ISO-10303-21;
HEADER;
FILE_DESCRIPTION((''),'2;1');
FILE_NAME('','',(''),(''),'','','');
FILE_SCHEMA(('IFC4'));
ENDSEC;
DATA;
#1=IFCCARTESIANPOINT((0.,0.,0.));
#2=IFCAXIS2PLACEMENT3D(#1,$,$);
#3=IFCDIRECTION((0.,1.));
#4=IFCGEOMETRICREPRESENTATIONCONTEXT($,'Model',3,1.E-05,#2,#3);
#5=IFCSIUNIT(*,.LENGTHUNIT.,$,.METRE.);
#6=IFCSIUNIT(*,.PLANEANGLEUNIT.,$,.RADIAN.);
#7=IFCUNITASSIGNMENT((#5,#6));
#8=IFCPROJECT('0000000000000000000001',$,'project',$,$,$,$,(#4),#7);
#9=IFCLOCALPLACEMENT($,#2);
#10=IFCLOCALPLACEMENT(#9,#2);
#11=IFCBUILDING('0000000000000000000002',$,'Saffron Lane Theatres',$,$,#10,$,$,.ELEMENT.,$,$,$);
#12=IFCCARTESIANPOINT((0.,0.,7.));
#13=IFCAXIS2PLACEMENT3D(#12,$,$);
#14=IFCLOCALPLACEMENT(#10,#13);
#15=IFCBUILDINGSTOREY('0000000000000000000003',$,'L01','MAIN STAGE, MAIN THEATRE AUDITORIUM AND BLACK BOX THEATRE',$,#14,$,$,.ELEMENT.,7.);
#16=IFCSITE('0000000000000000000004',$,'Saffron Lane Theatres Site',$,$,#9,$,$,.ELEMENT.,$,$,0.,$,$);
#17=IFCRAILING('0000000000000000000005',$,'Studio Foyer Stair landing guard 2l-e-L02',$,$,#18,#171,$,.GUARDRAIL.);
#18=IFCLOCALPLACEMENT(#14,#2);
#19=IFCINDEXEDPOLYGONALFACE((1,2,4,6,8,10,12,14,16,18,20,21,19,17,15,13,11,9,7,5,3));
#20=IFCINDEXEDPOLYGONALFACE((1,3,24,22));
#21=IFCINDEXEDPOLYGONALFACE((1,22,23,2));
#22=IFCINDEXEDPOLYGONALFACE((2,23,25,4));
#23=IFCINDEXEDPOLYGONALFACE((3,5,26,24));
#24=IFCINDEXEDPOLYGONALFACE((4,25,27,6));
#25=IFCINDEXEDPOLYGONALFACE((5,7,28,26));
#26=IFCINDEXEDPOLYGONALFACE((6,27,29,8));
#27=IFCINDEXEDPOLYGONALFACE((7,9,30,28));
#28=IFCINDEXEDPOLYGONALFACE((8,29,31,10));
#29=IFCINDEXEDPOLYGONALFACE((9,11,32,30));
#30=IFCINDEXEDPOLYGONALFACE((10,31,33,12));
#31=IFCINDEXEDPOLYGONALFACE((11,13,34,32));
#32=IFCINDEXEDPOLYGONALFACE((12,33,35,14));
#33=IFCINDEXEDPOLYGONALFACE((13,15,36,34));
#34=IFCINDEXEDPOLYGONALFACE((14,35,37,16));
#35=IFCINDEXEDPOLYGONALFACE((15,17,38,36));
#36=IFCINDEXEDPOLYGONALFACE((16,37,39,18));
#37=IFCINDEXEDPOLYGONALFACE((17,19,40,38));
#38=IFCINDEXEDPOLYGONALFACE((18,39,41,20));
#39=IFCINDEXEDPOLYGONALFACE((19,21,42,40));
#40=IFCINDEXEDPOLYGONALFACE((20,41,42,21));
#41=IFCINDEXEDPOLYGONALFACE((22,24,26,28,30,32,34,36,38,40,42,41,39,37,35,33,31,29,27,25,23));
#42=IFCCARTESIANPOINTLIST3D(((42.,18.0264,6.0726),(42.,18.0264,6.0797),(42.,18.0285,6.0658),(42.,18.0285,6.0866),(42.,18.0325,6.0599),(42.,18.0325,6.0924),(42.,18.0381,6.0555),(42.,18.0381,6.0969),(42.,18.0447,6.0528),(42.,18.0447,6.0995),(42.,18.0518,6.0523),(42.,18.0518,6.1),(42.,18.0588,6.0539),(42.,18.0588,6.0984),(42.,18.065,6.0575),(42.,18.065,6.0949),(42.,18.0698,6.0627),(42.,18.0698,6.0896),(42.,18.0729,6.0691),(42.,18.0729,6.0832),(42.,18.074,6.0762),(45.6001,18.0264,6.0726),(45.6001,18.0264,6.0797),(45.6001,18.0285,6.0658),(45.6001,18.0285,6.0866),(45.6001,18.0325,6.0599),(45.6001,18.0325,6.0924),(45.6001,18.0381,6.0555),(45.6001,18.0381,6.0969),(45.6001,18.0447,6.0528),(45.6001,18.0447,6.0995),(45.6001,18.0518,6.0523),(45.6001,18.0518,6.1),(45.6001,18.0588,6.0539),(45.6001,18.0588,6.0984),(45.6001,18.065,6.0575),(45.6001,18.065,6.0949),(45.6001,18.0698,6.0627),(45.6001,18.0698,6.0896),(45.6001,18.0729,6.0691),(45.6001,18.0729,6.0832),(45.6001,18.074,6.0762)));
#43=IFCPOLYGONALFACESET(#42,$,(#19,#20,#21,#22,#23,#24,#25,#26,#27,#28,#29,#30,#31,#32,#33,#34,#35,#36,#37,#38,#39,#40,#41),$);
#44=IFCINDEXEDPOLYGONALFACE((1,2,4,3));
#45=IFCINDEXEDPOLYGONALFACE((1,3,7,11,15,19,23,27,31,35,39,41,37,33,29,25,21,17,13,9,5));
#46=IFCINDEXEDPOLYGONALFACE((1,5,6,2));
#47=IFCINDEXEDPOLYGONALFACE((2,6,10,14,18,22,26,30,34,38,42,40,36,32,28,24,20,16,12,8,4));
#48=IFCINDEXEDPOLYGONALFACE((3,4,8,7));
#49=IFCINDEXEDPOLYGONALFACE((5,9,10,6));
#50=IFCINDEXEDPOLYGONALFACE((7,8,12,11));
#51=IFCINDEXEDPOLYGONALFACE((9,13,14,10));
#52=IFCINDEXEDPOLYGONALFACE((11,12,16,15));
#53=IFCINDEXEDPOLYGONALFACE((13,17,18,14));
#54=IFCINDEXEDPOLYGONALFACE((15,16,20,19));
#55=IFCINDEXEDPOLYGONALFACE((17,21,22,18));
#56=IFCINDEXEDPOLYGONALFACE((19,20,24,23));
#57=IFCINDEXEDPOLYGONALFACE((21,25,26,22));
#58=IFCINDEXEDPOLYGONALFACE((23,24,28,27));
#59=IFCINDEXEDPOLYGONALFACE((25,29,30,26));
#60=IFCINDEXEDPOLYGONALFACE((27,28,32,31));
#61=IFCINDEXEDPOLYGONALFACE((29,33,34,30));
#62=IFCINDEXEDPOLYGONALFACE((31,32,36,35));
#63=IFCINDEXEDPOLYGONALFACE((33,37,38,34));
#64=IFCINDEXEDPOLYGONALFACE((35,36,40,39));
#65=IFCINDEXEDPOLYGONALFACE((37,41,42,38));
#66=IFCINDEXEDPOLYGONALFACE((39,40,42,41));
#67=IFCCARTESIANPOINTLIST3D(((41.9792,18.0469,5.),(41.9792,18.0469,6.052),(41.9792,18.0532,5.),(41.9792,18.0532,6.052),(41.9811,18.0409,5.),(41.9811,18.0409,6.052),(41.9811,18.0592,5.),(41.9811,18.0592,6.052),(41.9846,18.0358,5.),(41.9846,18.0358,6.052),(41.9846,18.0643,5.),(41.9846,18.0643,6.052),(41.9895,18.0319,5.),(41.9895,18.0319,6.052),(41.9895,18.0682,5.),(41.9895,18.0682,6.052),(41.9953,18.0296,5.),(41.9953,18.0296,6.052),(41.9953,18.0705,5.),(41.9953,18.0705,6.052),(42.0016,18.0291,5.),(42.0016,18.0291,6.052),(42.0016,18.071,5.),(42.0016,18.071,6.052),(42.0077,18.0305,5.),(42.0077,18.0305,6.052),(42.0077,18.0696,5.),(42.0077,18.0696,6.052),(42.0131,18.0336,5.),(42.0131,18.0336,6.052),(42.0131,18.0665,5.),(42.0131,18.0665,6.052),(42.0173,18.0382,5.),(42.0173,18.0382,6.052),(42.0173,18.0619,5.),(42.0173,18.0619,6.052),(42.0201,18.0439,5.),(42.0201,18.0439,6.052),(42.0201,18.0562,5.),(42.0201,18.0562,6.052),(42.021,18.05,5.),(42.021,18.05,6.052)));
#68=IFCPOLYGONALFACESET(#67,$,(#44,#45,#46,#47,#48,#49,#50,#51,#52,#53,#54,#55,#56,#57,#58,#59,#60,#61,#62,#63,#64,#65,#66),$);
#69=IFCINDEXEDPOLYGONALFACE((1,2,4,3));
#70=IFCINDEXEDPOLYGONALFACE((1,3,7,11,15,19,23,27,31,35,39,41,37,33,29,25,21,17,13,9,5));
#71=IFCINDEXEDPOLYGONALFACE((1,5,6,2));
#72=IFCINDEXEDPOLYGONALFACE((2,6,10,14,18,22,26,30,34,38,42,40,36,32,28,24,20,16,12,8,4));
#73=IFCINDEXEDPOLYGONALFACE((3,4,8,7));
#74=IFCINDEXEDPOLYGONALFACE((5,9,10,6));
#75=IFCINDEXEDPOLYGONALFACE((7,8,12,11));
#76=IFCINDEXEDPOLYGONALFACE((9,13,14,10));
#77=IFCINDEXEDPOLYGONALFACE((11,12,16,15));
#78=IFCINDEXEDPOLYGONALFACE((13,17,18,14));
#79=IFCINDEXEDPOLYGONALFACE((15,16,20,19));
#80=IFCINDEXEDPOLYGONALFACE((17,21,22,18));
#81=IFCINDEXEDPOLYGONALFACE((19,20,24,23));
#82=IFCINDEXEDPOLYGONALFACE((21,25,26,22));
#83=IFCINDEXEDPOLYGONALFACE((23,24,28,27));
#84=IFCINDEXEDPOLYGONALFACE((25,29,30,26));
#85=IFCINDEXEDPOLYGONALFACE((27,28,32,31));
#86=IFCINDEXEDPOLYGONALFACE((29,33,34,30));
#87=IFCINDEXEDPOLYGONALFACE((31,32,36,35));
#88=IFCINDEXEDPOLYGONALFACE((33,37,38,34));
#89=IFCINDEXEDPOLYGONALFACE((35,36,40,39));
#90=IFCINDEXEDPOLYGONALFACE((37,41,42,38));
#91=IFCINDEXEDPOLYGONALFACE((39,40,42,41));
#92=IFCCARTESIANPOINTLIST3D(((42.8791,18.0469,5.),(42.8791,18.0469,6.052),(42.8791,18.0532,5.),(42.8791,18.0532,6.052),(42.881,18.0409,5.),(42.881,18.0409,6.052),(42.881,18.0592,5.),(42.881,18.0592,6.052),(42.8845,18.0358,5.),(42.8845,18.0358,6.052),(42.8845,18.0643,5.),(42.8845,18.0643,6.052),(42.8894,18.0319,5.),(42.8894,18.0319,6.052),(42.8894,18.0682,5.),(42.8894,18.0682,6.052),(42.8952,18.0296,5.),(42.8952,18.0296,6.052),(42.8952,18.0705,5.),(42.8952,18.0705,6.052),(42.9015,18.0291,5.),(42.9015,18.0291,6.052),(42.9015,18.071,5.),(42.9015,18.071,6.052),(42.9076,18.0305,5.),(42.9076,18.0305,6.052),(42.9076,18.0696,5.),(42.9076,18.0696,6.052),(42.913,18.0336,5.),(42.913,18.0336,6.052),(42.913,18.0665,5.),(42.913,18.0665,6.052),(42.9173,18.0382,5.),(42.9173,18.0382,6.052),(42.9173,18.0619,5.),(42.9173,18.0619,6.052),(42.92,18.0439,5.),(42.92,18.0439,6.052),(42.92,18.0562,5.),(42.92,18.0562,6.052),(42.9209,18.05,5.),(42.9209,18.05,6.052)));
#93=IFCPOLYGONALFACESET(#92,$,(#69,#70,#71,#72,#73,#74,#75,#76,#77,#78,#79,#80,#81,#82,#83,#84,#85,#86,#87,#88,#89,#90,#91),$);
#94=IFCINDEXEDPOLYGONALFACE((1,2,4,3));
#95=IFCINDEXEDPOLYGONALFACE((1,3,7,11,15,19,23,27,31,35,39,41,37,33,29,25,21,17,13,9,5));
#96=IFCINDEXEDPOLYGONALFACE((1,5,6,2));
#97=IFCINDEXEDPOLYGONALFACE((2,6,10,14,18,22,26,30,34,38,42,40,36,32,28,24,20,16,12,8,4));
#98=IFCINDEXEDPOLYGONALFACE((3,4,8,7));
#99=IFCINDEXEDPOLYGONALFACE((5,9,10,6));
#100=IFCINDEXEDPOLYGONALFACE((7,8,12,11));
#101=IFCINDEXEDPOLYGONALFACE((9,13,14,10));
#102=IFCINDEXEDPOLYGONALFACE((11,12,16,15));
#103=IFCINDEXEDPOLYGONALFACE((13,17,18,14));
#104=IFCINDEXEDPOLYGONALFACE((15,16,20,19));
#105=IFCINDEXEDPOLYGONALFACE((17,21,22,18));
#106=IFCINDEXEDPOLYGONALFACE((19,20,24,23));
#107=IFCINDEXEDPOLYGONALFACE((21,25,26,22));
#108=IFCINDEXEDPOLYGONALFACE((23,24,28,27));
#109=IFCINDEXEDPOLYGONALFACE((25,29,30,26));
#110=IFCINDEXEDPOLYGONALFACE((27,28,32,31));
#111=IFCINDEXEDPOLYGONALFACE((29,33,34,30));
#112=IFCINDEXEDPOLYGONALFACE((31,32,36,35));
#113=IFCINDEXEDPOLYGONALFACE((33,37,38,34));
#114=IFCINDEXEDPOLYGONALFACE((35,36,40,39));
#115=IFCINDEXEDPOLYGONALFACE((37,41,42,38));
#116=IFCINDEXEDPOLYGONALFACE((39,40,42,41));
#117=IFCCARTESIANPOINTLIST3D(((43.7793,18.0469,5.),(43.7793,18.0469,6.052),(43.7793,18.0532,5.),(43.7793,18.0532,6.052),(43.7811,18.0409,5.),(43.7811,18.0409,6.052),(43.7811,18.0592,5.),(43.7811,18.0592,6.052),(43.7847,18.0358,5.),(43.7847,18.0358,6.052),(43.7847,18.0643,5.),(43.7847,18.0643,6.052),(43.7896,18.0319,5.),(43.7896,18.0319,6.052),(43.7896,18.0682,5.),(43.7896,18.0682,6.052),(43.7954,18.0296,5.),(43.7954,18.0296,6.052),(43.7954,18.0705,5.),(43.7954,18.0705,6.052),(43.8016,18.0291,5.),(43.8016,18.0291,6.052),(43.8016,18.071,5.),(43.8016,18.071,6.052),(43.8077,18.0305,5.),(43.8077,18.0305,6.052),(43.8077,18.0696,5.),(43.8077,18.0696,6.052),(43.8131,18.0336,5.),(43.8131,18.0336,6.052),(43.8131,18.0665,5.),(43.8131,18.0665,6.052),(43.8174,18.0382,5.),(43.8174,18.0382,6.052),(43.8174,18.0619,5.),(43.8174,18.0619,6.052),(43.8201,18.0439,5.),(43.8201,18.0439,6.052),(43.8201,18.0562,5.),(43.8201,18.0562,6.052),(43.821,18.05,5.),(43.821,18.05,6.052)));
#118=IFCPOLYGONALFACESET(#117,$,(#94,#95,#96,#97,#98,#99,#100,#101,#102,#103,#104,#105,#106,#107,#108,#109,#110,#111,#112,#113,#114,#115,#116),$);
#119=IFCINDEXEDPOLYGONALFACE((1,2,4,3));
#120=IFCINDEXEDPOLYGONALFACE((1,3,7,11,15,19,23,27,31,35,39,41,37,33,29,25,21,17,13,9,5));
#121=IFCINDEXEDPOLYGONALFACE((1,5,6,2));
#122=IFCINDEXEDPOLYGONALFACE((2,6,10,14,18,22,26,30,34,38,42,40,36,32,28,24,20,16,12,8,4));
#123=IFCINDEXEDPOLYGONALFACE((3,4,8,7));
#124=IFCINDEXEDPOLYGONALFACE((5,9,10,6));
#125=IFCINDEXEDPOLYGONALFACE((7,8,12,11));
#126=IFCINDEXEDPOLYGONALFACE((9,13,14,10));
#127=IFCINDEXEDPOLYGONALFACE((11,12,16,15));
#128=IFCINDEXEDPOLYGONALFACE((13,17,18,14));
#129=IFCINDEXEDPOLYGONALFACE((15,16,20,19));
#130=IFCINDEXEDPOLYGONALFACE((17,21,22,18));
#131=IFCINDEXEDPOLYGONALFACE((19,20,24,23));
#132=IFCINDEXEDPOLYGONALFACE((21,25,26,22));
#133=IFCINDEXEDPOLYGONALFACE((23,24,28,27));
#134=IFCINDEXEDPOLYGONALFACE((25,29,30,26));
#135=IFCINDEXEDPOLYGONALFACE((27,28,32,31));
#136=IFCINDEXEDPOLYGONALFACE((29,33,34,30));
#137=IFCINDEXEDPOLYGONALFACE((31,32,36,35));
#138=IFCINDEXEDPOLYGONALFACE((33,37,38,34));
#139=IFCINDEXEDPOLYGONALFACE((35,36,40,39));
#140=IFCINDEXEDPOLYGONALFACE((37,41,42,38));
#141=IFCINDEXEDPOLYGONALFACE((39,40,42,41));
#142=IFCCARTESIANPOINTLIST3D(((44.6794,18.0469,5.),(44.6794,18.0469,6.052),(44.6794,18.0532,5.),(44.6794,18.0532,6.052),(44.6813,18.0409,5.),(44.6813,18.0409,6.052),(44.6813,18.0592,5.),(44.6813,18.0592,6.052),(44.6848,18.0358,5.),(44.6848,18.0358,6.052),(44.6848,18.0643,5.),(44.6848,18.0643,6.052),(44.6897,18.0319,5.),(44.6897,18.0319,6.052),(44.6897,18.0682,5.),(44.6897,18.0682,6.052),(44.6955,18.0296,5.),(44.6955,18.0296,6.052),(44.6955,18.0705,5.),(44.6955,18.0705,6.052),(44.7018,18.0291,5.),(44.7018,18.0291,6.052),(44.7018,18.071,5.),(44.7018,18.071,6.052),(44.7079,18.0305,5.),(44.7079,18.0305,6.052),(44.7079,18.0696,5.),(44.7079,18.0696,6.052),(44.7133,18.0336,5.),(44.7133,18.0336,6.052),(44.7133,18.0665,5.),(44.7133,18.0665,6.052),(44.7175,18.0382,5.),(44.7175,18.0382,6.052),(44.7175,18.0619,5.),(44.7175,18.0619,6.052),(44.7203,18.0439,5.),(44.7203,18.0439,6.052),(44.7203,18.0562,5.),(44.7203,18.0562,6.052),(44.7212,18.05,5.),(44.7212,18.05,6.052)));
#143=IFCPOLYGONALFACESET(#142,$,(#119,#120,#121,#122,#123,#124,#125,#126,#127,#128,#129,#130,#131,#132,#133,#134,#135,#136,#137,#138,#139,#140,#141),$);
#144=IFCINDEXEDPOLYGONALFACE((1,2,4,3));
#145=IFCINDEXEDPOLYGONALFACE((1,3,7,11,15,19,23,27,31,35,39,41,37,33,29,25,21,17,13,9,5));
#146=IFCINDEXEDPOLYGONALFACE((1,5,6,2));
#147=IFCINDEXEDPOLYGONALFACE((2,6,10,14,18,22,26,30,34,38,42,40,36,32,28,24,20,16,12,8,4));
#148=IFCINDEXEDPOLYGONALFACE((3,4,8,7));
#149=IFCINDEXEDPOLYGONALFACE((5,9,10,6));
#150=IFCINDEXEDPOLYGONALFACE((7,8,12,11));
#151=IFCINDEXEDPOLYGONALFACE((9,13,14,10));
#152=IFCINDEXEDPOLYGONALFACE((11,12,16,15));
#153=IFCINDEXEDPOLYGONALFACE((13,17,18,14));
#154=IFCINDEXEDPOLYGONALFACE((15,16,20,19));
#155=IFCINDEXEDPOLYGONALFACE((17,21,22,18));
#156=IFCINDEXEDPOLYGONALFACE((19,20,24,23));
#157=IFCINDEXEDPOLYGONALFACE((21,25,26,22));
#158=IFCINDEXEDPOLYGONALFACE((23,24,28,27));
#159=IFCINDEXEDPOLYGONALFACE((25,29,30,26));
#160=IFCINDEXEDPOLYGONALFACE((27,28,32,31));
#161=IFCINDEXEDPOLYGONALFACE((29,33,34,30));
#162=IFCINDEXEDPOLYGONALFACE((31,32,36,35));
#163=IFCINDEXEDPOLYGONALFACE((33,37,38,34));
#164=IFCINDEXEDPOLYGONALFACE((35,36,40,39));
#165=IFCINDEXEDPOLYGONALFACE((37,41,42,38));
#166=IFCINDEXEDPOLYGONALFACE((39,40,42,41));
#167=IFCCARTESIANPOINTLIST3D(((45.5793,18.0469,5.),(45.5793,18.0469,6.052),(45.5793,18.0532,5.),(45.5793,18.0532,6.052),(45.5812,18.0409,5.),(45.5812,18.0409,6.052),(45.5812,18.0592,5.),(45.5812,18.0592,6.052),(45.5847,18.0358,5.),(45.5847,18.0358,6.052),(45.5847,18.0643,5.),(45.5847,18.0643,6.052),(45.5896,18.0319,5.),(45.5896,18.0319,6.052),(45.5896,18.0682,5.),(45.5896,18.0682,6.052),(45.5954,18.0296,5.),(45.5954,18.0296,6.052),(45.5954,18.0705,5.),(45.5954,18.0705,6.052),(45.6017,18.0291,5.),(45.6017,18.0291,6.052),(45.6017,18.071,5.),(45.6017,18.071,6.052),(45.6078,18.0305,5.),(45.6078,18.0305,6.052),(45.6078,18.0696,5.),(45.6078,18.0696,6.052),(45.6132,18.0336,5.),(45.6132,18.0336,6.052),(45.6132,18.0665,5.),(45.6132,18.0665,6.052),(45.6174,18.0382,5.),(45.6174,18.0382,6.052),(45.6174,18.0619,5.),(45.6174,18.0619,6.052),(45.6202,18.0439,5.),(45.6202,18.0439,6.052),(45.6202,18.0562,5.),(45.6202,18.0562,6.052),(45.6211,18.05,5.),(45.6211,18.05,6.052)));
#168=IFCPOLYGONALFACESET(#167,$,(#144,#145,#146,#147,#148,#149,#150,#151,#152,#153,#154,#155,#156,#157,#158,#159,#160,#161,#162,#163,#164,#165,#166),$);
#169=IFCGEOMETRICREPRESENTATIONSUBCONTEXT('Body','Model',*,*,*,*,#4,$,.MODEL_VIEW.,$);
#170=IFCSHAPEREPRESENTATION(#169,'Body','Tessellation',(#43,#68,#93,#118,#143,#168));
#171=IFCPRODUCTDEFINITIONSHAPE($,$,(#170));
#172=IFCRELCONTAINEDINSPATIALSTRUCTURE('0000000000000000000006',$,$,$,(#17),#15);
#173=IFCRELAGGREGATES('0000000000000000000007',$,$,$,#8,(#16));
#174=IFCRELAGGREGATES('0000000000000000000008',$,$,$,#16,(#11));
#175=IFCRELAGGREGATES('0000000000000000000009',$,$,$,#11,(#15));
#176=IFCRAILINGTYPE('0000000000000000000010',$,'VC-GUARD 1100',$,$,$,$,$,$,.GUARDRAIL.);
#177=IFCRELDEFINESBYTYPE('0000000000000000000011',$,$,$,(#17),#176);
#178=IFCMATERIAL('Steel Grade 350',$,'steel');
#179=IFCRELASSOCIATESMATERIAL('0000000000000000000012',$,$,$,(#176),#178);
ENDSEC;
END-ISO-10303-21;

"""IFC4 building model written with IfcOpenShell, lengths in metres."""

from ifc_helpers import new_model, si_unit, direction, frame, origin, origin_2d, place, context, subcontext, project, spatial, circle, extrude, material, type_object, element, save


model = new_model("IFC4")

# Units and contexts
model_context = context("Model", 3, precision=1e-05, world=origin(), true_north=direction((0.0, 1.0)))
body_context = subcontext(model_context, "Body", "Model", "MODEL_VIEW")
ifc_project = project(units=[si_unit("LENGTHUNIT", "METRE"), si_unit("PLANEANGLEUNIT", "RADIAN")], contexts=[model_context])

# Site, building, storey
site_placement = place(None, origin())
site = spatial("IfcSite", under=ifc_project, at=site_placement, Name="Saffron Lane Theatres Site", CompositionType="ELEMENT", RefElevation=0.0)
building_placement = place(site_placement, origin())
building = spatial("IfcBuilding", under=site, at=building_placement, Name="Saffron Lane Theatres", CompositionType="ELEMENT")
storey_placement = place(building_placement, frame((0.0, 0.0, 7.0)))
storey = spatial("IfcBuildingStorey", under=building, at=storey_placement, Name="L01", Description="MAIN STAGE, MAIN THEATRE AUDITORIUM AND BLACK BOX THEATRE", CompositionType="ELEMENT", Elevation=7.0)

# Railing
ifc_material_1 = material(Name="Steel Grade 350", Category="steel")
railing_type = type_object("IfcRailingType", Name="VC-GUARD 1100", PredefinedType="GUARDRAIL", material=ifc_material_1)
railing_placement = place(storey_placement, frame((42.0, 18.05, 5.0)))
element("IfcRailing", 1, at=railing_placement, inside=storey, type_object=railing_type, Name="Studio Foyer Stair landing guard 2l-e-L02", PredefinedType="GUARDRAIL", context=body_context, shape_type="SweptSolid", body=[
    extrude(circle(Radius=0.0239, at=origin_2d()), frame((0.0, 0.0, 1.0762), z_axis=(1.0, 0.0, 0.0), x_axis=(0.0, 1.0, 0.0)), (0.0, 0.0, 1.0), 3.6001),
    extrude(circle(Radius=0.021, at=origin_2d()), origin(), (0.0, 0.0, 1.0), 1.052),
    extrude(circle(Radius=0.021, at=origin_2d()), frame((0.8999, 0.0, 0.0)), (0.0, 0.0, 1.0), 1.052),
    extrude(circle(Radius=0.021, at=origin_2d()), frame((1.8, 0.0, 0.0)), (0.0, 0.0, 1.0), 1.052),
    extrude(circle(Radius=0.021, at=origin_2d()), frame((2.7002, 0.0, 0.0)), (0.0, 0.0, 1.0), 1.052),
    extrude(circle(Radius=0.021, at=origin_2d()), frame((3.6001, 0.0, 0.0)), (0.0, 0.0, 1.0), 1.052),
])

save(model, "model.ifc")
